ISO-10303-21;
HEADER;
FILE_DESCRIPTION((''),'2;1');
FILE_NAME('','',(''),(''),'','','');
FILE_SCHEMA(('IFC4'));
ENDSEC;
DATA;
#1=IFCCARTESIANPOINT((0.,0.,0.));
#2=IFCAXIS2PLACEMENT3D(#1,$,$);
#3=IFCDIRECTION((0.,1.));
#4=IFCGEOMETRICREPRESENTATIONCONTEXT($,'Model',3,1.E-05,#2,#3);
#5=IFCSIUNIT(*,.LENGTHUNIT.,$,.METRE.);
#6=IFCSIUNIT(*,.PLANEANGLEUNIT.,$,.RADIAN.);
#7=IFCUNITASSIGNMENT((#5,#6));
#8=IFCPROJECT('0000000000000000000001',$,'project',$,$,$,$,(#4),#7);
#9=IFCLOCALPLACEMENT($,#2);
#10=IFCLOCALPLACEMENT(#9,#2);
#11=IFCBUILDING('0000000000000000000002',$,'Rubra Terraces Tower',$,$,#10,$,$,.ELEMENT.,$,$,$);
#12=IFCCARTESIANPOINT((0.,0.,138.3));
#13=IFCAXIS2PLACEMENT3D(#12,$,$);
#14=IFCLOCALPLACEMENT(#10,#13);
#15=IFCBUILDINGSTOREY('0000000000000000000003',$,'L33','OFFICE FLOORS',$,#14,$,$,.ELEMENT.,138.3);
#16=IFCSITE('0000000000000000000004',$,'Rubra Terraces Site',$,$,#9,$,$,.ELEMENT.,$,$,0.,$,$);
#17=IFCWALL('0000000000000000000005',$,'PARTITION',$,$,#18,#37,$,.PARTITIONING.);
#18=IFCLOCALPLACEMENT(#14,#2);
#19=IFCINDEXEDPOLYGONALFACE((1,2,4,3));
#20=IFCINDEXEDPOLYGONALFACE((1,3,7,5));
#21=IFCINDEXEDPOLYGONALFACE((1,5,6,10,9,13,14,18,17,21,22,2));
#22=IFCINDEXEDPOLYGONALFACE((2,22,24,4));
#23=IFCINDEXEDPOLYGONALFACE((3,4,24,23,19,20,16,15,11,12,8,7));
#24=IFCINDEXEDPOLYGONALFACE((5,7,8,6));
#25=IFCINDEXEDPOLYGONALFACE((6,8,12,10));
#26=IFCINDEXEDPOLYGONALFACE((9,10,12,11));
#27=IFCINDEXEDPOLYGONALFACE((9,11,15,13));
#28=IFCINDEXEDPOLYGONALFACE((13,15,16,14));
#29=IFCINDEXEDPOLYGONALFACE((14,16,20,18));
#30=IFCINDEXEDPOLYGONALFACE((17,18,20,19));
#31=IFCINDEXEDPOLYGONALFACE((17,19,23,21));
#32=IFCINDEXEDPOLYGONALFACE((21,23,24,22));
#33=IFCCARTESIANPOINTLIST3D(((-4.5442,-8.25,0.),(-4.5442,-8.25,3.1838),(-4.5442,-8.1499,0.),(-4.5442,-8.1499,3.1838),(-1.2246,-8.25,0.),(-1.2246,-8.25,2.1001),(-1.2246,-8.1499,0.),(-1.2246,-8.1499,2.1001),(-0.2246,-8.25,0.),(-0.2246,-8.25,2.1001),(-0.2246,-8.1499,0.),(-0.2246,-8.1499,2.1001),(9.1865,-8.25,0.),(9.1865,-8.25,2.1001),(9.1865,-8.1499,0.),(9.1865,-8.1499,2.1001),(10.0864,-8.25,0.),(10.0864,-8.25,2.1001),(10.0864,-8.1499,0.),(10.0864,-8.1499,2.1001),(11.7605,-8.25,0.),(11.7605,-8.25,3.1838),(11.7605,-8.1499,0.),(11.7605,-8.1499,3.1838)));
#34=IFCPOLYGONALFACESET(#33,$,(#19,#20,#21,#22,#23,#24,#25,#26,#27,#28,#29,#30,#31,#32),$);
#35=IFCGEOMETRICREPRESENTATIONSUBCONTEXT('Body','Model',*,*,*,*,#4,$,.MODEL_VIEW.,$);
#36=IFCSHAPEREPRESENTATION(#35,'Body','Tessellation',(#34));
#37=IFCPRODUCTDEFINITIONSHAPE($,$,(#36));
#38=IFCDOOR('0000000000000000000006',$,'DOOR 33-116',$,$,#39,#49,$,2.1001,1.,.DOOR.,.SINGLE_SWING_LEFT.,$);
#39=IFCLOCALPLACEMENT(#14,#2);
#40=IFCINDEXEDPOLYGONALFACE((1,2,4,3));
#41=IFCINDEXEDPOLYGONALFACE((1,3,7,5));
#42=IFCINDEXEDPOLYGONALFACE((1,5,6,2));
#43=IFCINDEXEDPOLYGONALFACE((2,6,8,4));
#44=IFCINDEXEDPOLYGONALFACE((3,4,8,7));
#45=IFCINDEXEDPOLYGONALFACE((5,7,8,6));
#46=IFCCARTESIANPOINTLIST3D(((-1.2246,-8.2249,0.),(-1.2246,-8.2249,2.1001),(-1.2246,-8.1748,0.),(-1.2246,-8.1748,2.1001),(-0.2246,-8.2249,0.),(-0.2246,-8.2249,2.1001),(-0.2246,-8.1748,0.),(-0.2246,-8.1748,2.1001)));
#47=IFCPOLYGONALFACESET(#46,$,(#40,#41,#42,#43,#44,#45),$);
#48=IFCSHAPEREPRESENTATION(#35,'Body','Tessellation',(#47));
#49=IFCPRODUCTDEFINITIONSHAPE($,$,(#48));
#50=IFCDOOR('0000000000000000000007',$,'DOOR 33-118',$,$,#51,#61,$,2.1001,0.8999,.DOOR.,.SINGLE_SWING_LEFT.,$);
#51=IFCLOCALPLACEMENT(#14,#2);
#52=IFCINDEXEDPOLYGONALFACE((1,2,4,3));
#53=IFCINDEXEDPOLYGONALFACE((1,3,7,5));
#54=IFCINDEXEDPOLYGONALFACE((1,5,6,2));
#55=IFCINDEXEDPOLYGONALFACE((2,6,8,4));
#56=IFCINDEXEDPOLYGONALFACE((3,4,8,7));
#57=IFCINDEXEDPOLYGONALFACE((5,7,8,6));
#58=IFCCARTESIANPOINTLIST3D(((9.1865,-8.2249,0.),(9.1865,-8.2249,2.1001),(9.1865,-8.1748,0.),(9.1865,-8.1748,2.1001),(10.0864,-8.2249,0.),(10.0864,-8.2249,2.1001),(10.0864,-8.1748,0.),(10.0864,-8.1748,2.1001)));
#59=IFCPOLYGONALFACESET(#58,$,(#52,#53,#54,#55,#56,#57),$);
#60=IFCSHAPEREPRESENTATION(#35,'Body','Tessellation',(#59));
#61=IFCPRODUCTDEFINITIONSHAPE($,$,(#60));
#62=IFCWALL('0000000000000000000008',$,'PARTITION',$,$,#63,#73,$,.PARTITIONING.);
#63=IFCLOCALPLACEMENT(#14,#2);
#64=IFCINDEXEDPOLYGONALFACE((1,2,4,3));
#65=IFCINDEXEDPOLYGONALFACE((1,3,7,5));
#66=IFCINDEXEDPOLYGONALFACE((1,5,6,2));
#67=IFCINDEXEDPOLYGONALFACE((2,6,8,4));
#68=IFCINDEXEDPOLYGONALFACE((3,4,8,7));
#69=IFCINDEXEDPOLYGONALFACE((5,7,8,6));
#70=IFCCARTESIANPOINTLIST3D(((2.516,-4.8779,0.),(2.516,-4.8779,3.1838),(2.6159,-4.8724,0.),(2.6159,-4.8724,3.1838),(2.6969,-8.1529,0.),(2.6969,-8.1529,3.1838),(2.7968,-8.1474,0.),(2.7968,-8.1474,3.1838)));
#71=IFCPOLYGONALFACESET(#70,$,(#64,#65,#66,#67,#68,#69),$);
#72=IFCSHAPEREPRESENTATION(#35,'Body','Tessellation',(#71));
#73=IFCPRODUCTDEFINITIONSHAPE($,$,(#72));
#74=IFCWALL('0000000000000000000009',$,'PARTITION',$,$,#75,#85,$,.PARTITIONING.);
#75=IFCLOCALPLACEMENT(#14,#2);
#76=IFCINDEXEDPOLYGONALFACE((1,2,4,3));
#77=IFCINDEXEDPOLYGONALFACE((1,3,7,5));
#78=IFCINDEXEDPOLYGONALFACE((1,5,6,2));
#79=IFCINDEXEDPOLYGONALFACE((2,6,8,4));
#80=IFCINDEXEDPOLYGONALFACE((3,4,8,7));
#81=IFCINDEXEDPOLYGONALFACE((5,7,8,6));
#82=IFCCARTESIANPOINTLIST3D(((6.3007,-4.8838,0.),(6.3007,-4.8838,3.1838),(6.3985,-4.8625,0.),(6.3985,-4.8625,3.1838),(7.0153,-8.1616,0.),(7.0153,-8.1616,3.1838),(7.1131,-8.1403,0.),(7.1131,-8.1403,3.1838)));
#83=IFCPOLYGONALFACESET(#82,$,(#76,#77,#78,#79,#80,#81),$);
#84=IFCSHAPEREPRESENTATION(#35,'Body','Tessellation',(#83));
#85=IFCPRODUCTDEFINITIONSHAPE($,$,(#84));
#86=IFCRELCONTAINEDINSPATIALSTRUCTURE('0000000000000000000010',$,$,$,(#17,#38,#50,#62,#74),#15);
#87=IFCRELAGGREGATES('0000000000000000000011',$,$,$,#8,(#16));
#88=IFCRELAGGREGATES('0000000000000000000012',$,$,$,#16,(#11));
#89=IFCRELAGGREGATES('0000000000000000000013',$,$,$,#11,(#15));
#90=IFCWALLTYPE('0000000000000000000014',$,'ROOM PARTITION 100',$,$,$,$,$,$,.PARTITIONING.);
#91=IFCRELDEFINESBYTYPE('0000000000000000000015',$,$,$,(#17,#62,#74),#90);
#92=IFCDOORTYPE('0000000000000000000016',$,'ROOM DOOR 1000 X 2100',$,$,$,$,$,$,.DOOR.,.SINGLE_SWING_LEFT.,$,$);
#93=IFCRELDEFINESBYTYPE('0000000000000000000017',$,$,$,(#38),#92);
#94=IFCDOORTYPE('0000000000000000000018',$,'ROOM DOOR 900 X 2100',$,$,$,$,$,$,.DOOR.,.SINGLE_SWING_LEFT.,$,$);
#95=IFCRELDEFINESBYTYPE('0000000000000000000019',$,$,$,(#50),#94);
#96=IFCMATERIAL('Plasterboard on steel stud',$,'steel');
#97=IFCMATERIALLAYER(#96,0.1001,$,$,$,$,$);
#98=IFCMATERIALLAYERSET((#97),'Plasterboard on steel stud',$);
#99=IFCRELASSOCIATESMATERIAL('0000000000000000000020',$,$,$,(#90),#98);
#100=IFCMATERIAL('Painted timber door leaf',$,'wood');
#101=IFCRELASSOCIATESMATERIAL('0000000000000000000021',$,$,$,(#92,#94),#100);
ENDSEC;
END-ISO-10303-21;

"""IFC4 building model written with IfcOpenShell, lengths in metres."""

from ifc_helpers import new_model, si_unit, direction, frame, frame_2d, origin, place, context, subcontext, project, spatial, rectangle, extrude, material, layer, layer_set, type_object, element, fill, save


model = new_model("IFC4")

# Units and contexts
model_context = context("Model", 3, precision=1e-05, world=origin(), true_north=direction((0.0, 1.0)))
body_context = subcontext(model_context, "Body", "Model", "MODEL_VIEW")
ifc_project = project(units=[si_unit("LENGTHUNIT", "METRE"), si_unit("PLANEANGLEUNIT", "RADIAN")], contexts=[model_context])

# Site, building, storey
site_placement = place(None, origin())
site = spatial("IfcSite", under=ifc_project, at=site_placement, Name="Rubra Terraces Site", CompositionType="ELEMENT", RefElevation=0.0)
building_placement = place(site_placement, origin())
building = spatial("IfcBuilding", under=site, at=building_placement, Name="Rubra Terraces Tower", CompositionType="ELEMENT")
storey_placement = place(building_placement, frame((0.0, 0.0, 138.3)))
storey = spatial("IfcBuildingStorey", under=building, at=storey_placement, Name="L33", Description="OFFICE FLOORS", CompositionType="ELEMENT", Elevation=138.3)

# Wall, openings, doors
ifc_material_1 = material(Name="Plasterboard on steel stud", Category="steel")
ifc_layer_1 = layer(ifc_material_1, 0.1001)
ifc_layer_set_1 = layer_set([ifc_layer_1], Name="Plasterboard on steel stud")
wall_type_1 = type_object("IfcWallType", Name="ROOM PARTITION 100", PredefinedType="PARTITIONING", material=ifc_layer_set_1)
wall_1_placement = place(storey_placement, frame((11.7605, -8.2, 0.0), z_axis=(0.0, 0.0, 1.0), x_axis=(-1.0, 0.0, 0.0)))
wall_1 = element("IfcWall", 1, at=wall_1_placement, inside=storey, type_object=wall_type_1, Name="PARTITION", PredefinedType="PARTITIONING", context=body_context, shape_type="SweptSolid", body=[
    extrude(rectangle(XDim=16.3047, YDim=0.1001, at=frame_2d((8.1523, 0.0))), origin(), (0.0, 0.0, 1.0), 3.1838),
])
opening_1_placement = place(wall_1_placement, frame((11.9851, 0.0, 0.0)))
opening_1 = element("IfcOpeningElement", 2, at=opening_1_placement, cuts=wall_1, PredefinedType="OPENING", context=body_context, shape_type="SweptSolid", body=[
    extrude(rectangle(XDim=1.0, YDim=2.1001, at=frame_2d((0.5, 1.05))), frame((0.0, 0.0601, 0.0), z_axis=(0.0, -1.0, 0.0), x_axis=(1.0, 0.0, 0.0)), (0.0, 0.0, 1.0), 0.1201),
])
opening_2_placement = place(wall_1_placement, frame((1.6741, 0.0, 0.0)))
opening_2 = element("IfcOpeningElement", 3, at=opening_2_placement, cuts=wall_1, PredefinedType="OPENING", context=body_context, shape_type="SweptSolid", body=[
    extrude(rectangle(XDim=0.8999, YDim=2.1001, at=frame_2d((0.45, 1.05))), frame((0.0, 0.0601, 0.0), z_axis=(0.0, -1.0, 0.0), x_axis=(1.0, 0.0, 0.0)), (0.0, 0.0, 1.0), 0.1201),
])
ifc_material_2 = material(Name="Painted timber door leaf", Category="wood")
door_type_1 = type_object("IfcDoorType", Name="ROOM DOOR 1000 X 2100", OperationType="SINGLE_SWING_LEFT", PredefinedType="DOOR", material=ifc_material_2)
door_1_placement = place(opening_1_placement, origin())
door_1 = element("IfcDoor", 4, at=door_1_placement, inside=storey, type_object=door_type_1, Name="DOOR 33-116", OperationType="SINGLE_SWING_LEFT", OverallHeight=2.1001, OverallWidth=1.0, PredefinedType="DOOR", context=body_context, shape_type="SweptSolid", body=[
    extrude(rectangle(XDim=1.0, YDim=2.1001, at=frame_2d((0.5, 1.05))), frame((0.0, 0.0249, 0.0), z_axis=(0.0, -1.0, 0.0), x_axis=(1.0, 0.0, 0.0)), (0.0, 0.0, 1.0), 0.05),
])
fill(opening_1, door_1)
door_type_2 = type_object("IfcDoorType", Name="ROOM DOOR 900 X 2100", OperationType="SINGLE_SWING_LEFT", PredefinedType="DOOR", material=ifc_material_2)
door_2_placement = place(opening_2_placement, origin())
door_2 = element("IfcDoor", 5, at=door_2_placement, inside=storey, type_object=door_type_2, Name="DOOR 33-118", OperationType="SINGLE_SWING_LEFT", OverallHeight=2.1001, OverallWidth=0.8999, PredefinedType="DOOR", context=body_context, shape_type="SweptSolid", body=[
    extrude(rectangle(XDim=0.8999, YDim=2.1001, at=frame_2d((0.45, 1.05))), frame((0.0, 0.0249, 0.0), z_axis=(0.0, -1.0, 0.0), x_axis=(1.0, 0.0, 0.0)), (0.0, 0.0, 1.0), 0.05),
])
fill(opening_2, door_2)

# Walls
wall_2_placement = place(storey_placement, frame((2.5659, -4.875, 0.0), z_axis=(0.0, 0.0, 1.0), x_axis=(0.055153, -0.998478, 0.0)))
element("IfcWall", 6, at=wall_2_placement, inside=storey, type_object=wall_type_1, Name="PARTITION", PredefinedType="PARTITIONING", context=body_context, shape_type="SweptSolid", body=[
    extrude(rectangle(XDim=3.28, YDim=0.1001, at=frame_2d((1.6401, 0.0))), origin(), (0.0, 0.0, 1.0), 3.1838),
])
wall_3_placement = place(storey_placement, frame((6.3496, -4.8733, 0.0), z_axis=(0.0, 0.0, 1.0), x_axis=(0.213007, -0.977051, 0.0)))
element("IfcWall", 7, at=wall_3_placement, inside=storey, type_object=wall_type_1, Name="PARTITION", PredefinedType="PARTITIONING", context=body_context, shape_type="SweptSolid", body=[
    extrude(rectangle(XDim=3.3547, YDim=0.1001, at=frame_2d((1.6772, 0.0))), origin(), (0.0, 0.0, 1.0), 3.1838),
])

save(model, "model.ifc")
